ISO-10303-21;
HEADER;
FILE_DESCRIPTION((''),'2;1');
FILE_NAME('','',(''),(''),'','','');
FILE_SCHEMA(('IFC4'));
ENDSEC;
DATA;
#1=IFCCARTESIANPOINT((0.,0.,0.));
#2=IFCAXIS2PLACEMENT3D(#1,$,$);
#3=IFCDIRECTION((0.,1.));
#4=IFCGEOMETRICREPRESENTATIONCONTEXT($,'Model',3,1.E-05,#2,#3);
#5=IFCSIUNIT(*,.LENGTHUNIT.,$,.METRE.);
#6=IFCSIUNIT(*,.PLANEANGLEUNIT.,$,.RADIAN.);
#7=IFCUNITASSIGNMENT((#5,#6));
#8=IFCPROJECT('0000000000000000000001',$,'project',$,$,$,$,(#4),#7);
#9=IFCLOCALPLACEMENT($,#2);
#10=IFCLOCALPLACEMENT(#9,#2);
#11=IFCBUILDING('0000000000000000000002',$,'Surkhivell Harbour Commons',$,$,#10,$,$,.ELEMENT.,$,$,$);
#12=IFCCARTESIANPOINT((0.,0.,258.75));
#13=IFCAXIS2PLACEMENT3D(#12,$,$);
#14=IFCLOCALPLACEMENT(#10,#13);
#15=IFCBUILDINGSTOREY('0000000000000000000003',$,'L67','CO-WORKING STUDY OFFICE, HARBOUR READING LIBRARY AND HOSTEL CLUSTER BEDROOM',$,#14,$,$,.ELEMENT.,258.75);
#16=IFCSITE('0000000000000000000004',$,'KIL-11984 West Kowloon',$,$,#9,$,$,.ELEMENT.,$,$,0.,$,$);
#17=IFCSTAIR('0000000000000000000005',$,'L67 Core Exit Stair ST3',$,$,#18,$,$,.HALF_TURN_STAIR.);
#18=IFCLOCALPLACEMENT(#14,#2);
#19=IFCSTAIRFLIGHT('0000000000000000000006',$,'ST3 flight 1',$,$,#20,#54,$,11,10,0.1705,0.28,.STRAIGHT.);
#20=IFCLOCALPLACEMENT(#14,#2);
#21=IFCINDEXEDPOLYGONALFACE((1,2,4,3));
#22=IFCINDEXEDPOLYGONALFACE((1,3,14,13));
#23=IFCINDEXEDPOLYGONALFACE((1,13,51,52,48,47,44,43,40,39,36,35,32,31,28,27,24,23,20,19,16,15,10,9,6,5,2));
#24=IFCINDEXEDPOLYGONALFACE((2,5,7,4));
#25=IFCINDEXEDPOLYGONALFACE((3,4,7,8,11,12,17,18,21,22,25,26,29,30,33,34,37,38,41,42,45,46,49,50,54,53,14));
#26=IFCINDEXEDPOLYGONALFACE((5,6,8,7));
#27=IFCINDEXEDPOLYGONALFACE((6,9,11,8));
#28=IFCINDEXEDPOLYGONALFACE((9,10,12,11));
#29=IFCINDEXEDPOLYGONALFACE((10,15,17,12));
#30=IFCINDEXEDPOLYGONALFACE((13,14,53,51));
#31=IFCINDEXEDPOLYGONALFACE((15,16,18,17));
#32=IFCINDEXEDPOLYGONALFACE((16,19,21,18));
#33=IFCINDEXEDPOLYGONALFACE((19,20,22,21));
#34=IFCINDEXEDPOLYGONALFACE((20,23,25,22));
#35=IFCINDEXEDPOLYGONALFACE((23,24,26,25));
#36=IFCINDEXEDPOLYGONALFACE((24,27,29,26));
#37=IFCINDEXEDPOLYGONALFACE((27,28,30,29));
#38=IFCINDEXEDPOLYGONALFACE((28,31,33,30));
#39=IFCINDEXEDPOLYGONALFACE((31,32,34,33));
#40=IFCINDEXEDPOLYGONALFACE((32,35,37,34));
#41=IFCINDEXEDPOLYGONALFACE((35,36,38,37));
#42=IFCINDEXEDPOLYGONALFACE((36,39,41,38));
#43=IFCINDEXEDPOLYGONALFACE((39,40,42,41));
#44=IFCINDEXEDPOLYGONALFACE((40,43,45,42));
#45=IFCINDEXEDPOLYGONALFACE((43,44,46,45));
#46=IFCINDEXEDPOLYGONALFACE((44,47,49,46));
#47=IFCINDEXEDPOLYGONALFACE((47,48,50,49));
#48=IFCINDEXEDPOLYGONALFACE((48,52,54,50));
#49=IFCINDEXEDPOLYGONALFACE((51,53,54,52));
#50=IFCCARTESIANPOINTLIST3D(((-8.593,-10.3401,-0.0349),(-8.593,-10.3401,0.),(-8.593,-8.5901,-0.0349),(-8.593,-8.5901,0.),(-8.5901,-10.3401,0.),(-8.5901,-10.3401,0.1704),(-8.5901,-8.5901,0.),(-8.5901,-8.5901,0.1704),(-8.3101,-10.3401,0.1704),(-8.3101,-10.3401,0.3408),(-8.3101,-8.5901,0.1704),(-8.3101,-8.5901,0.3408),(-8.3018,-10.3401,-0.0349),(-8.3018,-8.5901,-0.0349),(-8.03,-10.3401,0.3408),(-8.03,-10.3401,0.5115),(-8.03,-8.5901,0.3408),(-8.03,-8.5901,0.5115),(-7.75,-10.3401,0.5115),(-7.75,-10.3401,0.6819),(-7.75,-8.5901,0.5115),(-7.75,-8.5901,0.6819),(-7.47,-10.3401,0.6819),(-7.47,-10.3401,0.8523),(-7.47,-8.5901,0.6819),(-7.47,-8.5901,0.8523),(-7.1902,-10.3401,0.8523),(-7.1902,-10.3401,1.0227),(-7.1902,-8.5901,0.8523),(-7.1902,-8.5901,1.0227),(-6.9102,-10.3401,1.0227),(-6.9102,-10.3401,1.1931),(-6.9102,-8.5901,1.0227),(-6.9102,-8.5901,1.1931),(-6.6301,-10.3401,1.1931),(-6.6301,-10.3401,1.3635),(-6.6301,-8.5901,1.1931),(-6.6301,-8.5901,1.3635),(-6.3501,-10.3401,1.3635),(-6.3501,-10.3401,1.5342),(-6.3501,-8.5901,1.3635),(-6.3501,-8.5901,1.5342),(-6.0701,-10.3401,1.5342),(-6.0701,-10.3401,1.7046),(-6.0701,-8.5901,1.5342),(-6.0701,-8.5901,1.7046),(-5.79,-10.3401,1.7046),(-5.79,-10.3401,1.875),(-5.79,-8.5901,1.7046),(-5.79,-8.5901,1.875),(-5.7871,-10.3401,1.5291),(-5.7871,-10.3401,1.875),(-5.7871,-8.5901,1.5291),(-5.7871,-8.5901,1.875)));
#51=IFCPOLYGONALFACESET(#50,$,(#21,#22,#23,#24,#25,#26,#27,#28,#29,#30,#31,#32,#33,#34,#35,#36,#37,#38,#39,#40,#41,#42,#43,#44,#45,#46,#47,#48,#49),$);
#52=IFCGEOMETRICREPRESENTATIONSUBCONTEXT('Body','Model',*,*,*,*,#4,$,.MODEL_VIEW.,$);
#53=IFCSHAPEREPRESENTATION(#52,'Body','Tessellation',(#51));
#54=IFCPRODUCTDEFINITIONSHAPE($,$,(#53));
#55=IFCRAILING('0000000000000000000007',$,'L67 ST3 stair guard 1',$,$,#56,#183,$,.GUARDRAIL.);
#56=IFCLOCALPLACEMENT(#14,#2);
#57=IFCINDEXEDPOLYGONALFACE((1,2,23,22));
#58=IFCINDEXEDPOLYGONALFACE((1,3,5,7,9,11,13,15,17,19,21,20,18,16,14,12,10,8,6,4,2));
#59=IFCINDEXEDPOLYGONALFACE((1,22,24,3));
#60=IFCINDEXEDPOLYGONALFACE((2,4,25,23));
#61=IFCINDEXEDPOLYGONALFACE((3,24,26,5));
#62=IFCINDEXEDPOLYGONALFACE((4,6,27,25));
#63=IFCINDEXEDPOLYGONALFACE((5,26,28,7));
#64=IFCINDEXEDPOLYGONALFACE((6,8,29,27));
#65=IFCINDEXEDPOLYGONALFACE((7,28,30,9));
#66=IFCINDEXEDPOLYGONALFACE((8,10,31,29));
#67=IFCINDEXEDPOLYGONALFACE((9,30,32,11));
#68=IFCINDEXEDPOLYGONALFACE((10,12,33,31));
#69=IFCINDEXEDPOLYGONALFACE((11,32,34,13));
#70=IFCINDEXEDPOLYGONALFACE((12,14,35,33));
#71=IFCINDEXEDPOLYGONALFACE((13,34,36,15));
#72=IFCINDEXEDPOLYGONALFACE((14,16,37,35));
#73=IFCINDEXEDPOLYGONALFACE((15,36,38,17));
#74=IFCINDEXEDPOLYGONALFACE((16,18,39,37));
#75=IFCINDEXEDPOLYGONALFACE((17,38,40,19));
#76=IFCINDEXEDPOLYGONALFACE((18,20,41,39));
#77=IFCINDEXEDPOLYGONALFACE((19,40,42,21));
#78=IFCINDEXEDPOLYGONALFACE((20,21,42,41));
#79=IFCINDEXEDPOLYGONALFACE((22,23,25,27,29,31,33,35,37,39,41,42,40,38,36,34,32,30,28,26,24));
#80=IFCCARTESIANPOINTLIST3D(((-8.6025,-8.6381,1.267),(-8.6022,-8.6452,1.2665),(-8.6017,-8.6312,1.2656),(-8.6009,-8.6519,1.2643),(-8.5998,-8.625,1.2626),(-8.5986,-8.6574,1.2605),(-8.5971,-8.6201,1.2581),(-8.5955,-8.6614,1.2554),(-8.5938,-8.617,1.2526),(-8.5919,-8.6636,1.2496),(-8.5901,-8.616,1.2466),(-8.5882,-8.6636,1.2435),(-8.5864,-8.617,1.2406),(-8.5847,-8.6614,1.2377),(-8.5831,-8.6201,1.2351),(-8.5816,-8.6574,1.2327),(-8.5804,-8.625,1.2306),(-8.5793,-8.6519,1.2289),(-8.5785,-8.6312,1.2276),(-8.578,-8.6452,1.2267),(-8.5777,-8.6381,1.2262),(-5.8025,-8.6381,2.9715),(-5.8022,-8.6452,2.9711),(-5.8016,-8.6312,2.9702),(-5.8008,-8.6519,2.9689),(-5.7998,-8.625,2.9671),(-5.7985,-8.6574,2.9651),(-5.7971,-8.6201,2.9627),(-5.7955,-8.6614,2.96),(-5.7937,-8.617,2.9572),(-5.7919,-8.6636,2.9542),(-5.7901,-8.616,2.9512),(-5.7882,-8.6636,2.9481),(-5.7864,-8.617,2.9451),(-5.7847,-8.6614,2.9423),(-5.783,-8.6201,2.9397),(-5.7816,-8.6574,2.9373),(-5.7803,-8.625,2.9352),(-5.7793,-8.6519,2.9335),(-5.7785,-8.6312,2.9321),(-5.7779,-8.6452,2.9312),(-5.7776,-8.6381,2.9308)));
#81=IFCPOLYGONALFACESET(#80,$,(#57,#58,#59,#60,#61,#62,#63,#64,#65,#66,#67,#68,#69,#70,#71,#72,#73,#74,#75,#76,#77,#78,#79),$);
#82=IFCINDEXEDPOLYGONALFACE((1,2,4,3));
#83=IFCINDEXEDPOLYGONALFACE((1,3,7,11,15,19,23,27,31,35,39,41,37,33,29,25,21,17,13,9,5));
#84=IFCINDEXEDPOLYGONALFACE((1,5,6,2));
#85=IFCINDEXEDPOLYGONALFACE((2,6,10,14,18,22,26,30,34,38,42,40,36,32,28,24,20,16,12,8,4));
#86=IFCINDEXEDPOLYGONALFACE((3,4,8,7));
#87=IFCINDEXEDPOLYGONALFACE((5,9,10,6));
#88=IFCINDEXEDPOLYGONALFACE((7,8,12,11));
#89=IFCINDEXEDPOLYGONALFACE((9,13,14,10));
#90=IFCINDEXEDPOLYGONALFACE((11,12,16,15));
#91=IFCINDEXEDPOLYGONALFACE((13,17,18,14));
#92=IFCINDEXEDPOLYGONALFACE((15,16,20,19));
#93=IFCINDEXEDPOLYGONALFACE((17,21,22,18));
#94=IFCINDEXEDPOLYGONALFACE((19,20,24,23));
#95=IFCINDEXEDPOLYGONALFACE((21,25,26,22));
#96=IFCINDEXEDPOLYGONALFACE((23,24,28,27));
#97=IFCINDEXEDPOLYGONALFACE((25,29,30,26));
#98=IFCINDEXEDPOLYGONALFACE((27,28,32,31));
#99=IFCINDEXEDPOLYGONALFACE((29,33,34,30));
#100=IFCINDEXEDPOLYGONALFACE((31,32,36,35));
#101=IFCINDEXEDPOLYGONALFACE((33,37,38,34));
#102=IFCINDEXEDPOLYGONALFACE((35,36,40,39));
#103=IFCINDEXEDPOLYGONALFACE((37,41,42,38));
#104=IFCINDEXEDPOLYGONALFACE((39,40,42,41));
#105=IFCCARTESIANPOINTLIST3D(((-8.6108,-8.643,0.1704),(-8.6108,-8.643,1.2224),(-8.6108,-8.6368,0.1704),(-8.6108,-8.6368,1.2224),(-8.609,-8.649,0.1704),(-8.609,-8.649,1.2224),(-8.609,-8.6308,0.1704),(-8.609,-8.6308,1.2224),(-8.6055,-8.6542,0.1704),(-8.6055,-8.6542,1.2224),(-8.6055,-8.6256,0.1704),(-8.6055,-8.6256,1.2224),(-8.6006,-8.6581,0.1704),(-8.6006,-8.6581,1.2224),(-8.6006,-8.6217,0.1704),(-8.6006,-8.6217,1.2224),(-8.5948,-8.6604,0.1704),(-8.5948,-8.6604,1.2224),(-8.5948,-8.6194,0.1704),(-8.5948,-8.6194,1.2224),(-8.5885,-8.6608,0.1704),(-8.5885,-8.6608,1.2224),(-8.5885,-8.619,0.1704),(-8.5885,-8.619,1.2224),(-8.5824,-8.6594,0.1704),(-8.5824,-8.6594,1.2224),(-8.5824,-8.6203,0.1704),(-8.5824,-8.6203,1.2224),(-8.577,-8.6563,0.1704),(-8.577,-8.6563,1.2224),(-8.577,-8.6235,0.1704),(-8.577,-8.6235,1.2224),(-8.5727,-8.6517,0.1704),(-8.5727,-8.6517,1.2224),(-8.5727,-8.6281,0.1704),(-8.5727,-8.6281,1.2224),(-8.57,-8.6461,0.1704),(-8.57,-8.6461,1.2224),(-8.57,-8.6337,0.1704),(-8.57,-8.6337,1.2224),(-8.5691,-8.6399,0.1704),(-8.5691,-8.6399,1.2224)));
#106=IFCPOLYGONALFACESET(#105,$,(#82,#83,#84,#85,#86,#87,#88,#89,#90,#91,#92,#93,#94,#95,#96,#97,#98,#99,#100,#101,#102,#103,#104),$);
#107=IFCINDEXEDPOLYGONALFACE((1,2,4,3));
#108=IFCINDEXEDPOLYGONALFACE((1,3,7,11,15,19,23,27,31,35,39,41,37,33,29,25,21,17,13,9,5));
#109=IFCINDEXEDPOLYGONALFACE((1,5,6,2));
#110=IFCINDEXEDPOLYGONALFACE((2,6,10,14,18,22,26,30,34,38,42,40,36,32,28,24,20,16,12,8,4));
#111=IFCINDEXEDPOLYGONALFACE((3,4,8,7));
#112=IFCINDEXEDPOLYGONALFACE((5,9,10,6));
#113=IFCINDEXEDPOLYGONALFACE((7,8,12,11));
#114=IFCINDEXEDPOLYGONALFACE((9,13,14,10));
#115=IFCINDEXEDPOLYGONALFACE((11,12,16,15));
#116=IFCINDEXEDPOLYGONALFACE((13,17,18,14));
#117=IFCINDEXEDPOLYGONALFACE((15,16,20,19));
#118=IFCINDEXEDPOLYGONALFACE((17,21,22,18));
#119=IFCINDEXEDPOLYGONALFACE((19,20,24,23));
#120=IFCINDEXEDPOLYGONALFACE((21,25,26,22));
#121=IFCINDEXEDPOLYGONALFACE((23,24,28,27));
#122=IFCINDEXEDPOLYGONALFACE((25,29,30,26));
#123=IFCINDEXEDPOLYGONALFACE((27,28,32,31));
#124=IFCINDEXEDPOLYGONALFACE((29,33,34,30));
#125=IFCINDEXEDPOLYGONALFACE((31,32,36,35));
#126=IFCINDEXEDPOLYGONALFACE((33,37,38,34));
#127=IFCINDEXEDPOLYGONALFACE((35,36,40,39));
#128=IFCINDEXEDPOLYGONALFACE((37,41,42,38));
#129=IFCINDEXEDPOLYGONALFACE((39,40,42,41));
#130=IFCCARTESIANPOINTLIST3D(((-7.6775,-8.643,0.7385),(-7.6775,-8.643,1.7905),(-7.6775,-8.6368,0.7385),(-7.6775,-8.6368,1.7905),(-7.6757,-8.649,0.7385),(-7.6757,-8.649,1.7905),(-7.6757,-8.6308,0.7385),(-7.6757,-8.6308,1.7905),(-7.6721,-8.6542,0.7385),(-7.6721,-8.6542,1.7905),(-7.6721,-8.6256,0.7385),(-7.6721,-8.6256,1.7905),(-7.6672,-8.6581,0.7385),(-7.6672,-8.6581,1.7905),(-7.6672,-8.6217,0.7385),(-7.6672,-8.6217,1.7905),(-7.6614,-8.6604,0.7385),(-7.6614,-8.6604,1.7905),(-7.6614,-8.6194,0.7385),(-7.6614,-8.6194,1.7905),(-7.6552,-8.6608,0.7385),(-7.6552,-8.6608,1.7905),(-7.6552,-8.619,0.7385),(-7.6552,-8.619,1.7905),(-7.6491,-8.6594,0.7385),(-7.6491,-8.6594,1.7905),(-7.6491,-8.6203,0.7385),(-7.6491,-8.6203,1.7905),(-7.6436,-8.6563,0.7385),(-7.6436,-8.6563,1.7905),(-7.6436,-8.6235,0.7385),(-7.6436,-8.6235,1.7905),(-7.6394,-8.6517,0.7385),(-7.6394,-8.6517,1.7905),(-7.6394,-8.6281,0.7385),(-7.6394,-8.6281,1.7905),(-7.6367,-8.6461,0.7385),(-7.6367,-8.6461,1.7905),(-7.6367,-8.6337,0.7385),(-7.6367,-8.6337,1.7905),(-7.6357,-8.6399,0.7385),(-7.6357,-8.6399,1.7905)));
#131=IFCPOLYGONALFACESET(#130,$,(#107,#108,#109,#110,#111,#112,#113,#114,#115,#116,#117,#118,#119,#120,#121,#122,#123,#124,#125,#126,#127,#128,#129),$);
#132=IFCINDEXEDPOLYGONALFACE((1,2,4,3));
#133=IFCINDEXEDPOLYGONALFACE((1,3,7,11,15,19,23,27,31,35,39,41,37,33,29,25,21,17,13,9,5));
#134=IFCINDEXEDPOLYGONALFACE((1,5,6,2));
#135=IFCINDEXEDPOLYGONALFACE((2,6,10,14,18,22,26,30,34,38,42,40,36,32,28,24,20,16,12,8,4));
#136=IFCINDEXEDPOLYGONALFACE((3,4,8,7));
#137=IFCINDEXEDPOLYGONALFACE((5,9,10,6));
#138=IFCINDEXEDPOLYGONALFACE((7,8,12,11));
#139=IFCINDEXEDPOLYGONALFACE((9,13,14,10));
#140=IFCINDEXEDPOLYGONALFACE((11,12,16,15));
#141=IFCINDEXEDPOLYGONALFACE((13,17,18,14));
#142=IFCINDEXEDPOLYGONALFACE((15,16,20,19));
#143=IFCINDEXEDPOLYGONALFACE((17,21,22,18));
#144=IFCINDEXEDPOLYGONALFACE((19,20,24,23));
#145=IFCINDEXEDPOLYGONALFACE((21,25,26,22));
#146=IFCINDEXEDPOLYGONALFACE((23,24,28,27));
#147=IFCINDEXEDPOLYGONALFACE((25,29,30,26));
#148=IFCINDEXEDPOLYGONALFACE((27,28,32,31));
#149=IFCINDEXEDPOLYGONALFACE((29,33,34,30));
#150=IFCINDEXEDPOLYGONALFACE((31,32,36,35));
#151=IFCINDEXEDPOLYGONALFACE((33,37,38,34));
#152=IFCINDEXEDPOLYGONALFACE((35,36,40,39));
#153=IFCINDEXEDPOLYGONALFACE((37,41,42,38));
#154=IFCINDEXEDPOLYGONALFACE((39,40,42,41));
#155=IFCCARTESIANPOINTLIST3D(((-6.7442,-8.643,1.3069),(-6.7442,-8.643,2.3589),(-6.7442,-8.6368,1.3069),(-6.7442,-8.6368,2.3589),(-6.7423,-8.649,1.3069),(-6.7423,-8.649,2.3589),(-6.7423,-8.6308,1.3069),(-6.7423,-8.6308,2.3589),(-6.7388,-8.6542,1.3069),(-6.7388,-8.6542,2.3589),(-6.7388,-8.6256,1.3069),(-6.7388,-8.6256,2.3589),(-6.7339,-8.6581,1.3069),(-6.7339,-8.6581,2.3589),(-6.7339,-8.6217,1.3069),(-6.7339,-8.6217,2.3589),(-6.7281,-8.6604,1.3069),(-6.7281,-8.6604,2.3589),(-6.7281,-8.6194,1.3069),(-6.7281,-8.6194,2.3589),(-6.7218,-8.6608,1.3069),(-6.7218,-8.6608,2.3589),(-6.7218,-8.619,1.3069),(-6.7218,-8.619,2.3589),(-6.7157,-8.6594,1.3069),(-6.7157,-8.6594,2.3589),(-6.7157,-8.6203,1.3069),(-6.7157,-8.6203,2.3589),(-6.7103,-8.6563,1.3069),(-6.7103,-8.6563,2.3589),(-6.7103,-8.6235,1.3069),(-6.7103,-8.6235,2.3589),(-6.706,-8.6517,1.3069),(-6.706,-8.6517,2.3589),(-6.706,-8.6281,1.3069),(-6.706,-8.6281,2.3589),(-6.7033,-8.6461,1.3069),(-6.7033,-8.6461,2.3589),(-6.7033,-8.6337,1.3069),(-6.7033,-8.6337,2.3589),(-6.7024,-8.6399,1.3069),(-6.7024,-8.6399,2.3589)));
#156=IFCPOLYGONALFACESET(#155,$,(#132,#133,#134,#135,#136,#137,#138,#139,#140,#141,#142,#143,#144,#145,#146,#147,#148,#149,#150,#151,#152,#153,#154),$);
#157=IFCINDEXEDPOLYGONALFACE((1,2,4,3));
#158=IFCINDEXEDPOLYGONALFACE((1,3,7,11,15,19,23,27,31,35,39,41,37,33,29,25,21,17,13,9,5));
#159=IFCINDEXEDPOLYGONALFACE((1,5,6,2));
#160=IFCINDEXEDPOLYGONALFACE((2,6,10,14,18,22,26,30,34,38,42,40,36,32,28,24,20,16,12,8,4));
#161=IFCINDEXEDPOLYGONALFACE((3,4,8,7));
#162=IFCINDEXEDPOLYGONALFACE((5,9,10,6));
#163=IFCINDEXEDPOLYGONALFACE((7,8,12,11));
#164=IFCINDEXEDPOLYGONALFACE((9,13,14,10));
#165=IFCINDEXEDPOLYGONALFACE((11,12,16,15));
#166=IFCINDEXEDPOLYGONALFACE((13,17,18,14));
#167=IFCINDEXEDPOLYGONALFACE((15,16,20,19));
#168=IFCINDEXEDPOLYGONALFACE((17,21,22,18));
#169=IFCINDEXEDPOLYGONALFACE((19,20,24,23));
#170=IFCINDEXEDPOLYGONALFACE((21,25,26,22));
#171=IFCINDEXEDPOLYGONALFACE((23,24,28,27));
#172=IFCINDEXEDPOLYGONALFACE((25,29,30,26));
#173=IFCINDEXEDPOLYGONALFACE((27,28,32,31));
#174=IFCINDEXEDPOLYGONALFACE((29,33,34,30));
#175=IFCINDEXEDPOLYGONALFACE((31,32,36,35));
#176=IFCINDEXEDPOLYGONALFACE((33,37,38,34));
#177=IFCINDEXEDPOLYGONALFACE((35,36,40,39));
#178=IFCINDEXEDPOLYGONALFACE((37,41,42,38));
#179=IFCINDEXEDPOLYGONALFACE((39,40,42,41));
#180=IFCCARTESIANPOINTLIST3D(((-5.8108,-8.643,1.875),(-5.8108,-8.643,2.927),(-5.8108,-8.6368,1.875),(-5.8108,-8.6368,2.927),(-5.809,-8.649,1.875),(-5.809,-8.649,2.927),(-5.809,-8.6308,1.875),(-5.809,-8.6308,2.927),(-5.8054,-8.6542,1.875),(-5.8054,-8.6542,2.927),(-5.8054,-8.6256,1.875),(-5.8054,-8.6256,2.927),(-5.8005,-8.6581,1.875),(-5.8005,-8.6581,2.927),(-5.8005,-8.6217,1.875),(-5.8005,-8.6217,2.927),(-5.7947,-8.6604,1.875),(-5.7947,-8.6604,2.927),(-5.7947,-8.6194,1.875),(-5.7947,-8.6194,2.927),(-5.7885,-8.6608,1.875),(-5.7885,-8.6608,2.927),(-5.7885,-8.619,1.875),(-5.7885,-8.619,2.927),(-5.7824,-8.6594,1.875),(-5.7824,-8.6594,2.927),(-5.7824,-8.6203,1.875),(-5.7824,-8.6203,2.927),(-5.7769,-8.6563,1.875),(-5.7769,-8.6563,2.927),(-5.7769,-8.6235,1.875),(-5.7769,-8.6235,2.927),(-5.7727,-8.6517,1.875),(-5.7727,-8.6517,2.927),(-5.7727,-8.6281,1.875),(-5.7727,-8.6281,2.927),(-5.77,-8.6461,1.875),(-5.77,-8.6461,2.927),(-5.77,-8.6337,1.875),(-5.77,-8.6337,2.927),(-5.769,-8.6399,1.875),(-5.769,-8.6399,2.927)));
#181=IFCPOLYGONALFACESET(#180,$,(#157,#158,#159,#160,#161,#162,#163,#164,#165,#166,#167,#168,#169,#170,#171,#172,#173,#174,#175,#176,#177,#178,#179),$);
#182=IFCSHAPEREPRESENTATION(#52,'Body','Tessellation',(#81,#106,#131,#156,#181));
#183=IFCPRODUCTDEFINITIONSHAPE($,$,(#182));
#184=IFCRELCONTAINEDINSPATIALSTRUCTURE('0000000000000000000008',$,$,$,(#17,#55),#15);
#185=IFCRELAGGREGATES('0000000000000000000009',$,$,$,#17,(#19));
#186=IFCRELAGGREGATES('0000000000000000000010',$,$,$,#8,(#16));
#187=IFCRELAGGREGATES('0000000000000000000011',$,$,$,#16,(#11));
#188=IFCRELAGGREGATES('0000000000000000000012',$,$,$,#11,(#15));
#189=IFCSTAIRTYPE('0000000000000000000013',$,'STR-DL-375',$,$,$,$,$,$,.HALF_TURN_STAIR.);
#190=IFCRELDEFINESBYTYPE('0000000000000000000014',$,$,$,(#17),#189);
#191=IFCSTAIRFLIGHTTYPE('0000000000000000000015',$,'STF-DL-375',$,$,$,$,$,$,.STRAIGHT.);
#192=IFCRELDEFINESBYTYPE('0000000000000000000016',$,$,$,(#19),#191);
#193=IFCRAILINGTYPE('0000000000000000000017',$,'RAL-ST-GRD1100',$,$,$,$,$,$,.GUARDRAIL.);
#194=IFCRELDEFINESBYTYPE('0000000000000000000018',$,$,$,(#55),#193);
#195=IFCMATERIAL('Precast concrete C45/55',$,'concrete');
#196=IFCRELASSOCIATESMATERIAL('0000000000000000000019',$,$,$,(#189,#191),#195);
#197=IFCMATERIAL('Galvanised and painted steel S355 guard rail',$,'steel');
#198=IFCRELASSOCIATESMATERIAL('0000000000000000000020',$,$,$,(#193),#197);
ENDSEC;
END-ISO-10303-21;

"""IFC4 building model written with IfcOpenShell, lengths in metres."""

from ifc_helpers import new_model, si_unit, direction, frame, origin, origin_2d, place, context, subcontext, project, spatial, polyline, circle, outline, extrude, material, type_object, element, aggregate, save


model = new_model("IFC4")

# Units and contexts
model_context = context("Model", 3, precision=1e-05, world=origin(), true_north=direction((0.0, 1.0)))
body_context = subcontext(model_context, "Body", "Model", "MODEL_VIEW")
ifc_project = project(units=[si_unit("LENGTHUNIT", "METRE"), si_unit("PLANEANGLEUNIT", "RADIAN")], contexts=[model_context])

# Site, building, storey
site_placement = place(None, origin())
site = spatial("IfcSite", under=ifc_project, at=site_placement, Name="KIL-11984 West Kowloon", CompositionType="ELEMENT", RefElevation=0.0)
building_placement = place(site_placement, origin())
building = spatial("IfcBuilding", under=site, at=building_placement, Name="Surkhivell Harbour Commons", CompositionType="ELEMENT")
storey_placement = place(building_placement, frame((0.0, 0.0, 258.75)))
storey = spatial("IfcBuildingStorey", under=building, at=storey_placement, Name="L67", Description="CO-WORKING STUDY OFFICE, HARBOUR READING LIBRARY AND HOSTEL CLUSTER BEDROOM", CompositionType="ELEMENT", Elevation=258.75)

# Stair, stair flight
ifc_material_1 = material(Name="Precast concrete C45/55", Category="concrete")
stair_type = type_object("IfcStairType", Name="STR-DL-375", PredefinedType="HALF_TURN_STAIR", material=ifc_material_1)
stair_placement = place(storey_placement, origin())
stair = element("IfcStair", 1, at=stair_placement, inside=storey, type_object=stair_type, Name="L67 Core Exit Stair ST3", PredefinedType="HALF_TURN_STAIR")
stair_flight_type = type_object("IfcStairFlightType", Name="STF-DL-375", PredefinedType="STRAIGHT", material=ifc_material_1)
stair_flight_placement = place(storey_placement, frame((-8.5901, -9.4651, 0.0), z_axis=(0.0, 0.0, 1.0), x_axis=(1.0, 0.0, 0.0)))
stair_flight = element("IfcStairFlight", 2, at=stair_flight_placement, type_object=stair_flight_type, Name="ST3 flight 1", NumberOfRisers=11, NumberOfTreads=10, PredefinedType="STRAIGHT", RiserHeight=0.1705, TreadLength=0.28, context=body_context, shape_type="SweptSolid", body=[
    extrude(outline(polyline([(-0.0029, -0.0349), (-0.0029, 0.0), (0.0, 0.0), (0.0, 0.1704), (0.28, 0.1704), (0.28, 0.3408), (0.5601, 0.3408), (0.5601, 0.5115), (0.8401, 0.5115), (0.8401, 0.6819), (1.1201, 0.6819), (1.1201, 0.8523), (1.3999, 0.8523), (1.3999, 1.0227), (1.6799, 1.0227), (1.6799, 1.1931), (1.96, 1.1931), (1.96, 1.3635), (2.24, 1.3635), (2.24, 1.5342), (2.52, 1.5342), (2.52, 1.7046), (2.8, 1.7046), (2.8, 1.875), (2.803, 1.875), (2.803, 1.5291), (0.2883, -0.0349), (-0.0029, -0.0349)])), frame((0.0, 0.875, 0.0), z_axis=(0.0, -1.0, 0.0), x_axis=(1.0, 0.0, 0.0)), (0.0, 0.0, 1.0), 1.75),
])
aggregate(stair, [stair_flight])

# Railing
ifc_material_2 = material(Name="Galvanised and painted steel S355 guard rail", Category="steel")
railing_type_1 = type_object("IfcRailingType", Name="RAL-ST-GRD1100", PredefinedType="GUARDRAIL", material=ifc_material_2)
railing_1_placement = place(storey_placement, frame((-8.5901, -8.6399, 0.1704)))
element("IfcRailing", 3, at=railing_1_placement, inside=storey, type_object=railing_type_1, Name="L67 ST3 stair guard 1", PredefinedType="GUARDRAIL", context=body_context, shape_type="SweptSolid", body=[
    extrude(circle(Radius=0.0239, at=origin_2d()), frame((0.0, 0.0, 1.0762), z_axis=(0.85417, 0.0, 0.519994), x_axis=(0.0, 1.0, 0.0)), (0.0, 0.0, 1.0), 3.2781),
    extrude(circle(Radius=0.021, at=origin_2d()), origin(), (0.0, 0.0, 1.0), 1.052),
    extrude(circle(Radius=0.021, at=origin_2d()), frame((0.9333, 0.0, 0.5681)), (0.0, 0.0, 1.0), 1.052),
    extrude(circle(Radius=0.021, at=origin_2d()), frame((1.8667, 0.0, 1.1365)), (0.0, 0.0, 1.0), 1.052),
    extrude(circle(Radius=0.021, at=origin_2d()), frame((2.8, 0.0, 1.7046)), (0.0, 0.0, 1.0), 1.052),
])

save(model, "model.ifc")
